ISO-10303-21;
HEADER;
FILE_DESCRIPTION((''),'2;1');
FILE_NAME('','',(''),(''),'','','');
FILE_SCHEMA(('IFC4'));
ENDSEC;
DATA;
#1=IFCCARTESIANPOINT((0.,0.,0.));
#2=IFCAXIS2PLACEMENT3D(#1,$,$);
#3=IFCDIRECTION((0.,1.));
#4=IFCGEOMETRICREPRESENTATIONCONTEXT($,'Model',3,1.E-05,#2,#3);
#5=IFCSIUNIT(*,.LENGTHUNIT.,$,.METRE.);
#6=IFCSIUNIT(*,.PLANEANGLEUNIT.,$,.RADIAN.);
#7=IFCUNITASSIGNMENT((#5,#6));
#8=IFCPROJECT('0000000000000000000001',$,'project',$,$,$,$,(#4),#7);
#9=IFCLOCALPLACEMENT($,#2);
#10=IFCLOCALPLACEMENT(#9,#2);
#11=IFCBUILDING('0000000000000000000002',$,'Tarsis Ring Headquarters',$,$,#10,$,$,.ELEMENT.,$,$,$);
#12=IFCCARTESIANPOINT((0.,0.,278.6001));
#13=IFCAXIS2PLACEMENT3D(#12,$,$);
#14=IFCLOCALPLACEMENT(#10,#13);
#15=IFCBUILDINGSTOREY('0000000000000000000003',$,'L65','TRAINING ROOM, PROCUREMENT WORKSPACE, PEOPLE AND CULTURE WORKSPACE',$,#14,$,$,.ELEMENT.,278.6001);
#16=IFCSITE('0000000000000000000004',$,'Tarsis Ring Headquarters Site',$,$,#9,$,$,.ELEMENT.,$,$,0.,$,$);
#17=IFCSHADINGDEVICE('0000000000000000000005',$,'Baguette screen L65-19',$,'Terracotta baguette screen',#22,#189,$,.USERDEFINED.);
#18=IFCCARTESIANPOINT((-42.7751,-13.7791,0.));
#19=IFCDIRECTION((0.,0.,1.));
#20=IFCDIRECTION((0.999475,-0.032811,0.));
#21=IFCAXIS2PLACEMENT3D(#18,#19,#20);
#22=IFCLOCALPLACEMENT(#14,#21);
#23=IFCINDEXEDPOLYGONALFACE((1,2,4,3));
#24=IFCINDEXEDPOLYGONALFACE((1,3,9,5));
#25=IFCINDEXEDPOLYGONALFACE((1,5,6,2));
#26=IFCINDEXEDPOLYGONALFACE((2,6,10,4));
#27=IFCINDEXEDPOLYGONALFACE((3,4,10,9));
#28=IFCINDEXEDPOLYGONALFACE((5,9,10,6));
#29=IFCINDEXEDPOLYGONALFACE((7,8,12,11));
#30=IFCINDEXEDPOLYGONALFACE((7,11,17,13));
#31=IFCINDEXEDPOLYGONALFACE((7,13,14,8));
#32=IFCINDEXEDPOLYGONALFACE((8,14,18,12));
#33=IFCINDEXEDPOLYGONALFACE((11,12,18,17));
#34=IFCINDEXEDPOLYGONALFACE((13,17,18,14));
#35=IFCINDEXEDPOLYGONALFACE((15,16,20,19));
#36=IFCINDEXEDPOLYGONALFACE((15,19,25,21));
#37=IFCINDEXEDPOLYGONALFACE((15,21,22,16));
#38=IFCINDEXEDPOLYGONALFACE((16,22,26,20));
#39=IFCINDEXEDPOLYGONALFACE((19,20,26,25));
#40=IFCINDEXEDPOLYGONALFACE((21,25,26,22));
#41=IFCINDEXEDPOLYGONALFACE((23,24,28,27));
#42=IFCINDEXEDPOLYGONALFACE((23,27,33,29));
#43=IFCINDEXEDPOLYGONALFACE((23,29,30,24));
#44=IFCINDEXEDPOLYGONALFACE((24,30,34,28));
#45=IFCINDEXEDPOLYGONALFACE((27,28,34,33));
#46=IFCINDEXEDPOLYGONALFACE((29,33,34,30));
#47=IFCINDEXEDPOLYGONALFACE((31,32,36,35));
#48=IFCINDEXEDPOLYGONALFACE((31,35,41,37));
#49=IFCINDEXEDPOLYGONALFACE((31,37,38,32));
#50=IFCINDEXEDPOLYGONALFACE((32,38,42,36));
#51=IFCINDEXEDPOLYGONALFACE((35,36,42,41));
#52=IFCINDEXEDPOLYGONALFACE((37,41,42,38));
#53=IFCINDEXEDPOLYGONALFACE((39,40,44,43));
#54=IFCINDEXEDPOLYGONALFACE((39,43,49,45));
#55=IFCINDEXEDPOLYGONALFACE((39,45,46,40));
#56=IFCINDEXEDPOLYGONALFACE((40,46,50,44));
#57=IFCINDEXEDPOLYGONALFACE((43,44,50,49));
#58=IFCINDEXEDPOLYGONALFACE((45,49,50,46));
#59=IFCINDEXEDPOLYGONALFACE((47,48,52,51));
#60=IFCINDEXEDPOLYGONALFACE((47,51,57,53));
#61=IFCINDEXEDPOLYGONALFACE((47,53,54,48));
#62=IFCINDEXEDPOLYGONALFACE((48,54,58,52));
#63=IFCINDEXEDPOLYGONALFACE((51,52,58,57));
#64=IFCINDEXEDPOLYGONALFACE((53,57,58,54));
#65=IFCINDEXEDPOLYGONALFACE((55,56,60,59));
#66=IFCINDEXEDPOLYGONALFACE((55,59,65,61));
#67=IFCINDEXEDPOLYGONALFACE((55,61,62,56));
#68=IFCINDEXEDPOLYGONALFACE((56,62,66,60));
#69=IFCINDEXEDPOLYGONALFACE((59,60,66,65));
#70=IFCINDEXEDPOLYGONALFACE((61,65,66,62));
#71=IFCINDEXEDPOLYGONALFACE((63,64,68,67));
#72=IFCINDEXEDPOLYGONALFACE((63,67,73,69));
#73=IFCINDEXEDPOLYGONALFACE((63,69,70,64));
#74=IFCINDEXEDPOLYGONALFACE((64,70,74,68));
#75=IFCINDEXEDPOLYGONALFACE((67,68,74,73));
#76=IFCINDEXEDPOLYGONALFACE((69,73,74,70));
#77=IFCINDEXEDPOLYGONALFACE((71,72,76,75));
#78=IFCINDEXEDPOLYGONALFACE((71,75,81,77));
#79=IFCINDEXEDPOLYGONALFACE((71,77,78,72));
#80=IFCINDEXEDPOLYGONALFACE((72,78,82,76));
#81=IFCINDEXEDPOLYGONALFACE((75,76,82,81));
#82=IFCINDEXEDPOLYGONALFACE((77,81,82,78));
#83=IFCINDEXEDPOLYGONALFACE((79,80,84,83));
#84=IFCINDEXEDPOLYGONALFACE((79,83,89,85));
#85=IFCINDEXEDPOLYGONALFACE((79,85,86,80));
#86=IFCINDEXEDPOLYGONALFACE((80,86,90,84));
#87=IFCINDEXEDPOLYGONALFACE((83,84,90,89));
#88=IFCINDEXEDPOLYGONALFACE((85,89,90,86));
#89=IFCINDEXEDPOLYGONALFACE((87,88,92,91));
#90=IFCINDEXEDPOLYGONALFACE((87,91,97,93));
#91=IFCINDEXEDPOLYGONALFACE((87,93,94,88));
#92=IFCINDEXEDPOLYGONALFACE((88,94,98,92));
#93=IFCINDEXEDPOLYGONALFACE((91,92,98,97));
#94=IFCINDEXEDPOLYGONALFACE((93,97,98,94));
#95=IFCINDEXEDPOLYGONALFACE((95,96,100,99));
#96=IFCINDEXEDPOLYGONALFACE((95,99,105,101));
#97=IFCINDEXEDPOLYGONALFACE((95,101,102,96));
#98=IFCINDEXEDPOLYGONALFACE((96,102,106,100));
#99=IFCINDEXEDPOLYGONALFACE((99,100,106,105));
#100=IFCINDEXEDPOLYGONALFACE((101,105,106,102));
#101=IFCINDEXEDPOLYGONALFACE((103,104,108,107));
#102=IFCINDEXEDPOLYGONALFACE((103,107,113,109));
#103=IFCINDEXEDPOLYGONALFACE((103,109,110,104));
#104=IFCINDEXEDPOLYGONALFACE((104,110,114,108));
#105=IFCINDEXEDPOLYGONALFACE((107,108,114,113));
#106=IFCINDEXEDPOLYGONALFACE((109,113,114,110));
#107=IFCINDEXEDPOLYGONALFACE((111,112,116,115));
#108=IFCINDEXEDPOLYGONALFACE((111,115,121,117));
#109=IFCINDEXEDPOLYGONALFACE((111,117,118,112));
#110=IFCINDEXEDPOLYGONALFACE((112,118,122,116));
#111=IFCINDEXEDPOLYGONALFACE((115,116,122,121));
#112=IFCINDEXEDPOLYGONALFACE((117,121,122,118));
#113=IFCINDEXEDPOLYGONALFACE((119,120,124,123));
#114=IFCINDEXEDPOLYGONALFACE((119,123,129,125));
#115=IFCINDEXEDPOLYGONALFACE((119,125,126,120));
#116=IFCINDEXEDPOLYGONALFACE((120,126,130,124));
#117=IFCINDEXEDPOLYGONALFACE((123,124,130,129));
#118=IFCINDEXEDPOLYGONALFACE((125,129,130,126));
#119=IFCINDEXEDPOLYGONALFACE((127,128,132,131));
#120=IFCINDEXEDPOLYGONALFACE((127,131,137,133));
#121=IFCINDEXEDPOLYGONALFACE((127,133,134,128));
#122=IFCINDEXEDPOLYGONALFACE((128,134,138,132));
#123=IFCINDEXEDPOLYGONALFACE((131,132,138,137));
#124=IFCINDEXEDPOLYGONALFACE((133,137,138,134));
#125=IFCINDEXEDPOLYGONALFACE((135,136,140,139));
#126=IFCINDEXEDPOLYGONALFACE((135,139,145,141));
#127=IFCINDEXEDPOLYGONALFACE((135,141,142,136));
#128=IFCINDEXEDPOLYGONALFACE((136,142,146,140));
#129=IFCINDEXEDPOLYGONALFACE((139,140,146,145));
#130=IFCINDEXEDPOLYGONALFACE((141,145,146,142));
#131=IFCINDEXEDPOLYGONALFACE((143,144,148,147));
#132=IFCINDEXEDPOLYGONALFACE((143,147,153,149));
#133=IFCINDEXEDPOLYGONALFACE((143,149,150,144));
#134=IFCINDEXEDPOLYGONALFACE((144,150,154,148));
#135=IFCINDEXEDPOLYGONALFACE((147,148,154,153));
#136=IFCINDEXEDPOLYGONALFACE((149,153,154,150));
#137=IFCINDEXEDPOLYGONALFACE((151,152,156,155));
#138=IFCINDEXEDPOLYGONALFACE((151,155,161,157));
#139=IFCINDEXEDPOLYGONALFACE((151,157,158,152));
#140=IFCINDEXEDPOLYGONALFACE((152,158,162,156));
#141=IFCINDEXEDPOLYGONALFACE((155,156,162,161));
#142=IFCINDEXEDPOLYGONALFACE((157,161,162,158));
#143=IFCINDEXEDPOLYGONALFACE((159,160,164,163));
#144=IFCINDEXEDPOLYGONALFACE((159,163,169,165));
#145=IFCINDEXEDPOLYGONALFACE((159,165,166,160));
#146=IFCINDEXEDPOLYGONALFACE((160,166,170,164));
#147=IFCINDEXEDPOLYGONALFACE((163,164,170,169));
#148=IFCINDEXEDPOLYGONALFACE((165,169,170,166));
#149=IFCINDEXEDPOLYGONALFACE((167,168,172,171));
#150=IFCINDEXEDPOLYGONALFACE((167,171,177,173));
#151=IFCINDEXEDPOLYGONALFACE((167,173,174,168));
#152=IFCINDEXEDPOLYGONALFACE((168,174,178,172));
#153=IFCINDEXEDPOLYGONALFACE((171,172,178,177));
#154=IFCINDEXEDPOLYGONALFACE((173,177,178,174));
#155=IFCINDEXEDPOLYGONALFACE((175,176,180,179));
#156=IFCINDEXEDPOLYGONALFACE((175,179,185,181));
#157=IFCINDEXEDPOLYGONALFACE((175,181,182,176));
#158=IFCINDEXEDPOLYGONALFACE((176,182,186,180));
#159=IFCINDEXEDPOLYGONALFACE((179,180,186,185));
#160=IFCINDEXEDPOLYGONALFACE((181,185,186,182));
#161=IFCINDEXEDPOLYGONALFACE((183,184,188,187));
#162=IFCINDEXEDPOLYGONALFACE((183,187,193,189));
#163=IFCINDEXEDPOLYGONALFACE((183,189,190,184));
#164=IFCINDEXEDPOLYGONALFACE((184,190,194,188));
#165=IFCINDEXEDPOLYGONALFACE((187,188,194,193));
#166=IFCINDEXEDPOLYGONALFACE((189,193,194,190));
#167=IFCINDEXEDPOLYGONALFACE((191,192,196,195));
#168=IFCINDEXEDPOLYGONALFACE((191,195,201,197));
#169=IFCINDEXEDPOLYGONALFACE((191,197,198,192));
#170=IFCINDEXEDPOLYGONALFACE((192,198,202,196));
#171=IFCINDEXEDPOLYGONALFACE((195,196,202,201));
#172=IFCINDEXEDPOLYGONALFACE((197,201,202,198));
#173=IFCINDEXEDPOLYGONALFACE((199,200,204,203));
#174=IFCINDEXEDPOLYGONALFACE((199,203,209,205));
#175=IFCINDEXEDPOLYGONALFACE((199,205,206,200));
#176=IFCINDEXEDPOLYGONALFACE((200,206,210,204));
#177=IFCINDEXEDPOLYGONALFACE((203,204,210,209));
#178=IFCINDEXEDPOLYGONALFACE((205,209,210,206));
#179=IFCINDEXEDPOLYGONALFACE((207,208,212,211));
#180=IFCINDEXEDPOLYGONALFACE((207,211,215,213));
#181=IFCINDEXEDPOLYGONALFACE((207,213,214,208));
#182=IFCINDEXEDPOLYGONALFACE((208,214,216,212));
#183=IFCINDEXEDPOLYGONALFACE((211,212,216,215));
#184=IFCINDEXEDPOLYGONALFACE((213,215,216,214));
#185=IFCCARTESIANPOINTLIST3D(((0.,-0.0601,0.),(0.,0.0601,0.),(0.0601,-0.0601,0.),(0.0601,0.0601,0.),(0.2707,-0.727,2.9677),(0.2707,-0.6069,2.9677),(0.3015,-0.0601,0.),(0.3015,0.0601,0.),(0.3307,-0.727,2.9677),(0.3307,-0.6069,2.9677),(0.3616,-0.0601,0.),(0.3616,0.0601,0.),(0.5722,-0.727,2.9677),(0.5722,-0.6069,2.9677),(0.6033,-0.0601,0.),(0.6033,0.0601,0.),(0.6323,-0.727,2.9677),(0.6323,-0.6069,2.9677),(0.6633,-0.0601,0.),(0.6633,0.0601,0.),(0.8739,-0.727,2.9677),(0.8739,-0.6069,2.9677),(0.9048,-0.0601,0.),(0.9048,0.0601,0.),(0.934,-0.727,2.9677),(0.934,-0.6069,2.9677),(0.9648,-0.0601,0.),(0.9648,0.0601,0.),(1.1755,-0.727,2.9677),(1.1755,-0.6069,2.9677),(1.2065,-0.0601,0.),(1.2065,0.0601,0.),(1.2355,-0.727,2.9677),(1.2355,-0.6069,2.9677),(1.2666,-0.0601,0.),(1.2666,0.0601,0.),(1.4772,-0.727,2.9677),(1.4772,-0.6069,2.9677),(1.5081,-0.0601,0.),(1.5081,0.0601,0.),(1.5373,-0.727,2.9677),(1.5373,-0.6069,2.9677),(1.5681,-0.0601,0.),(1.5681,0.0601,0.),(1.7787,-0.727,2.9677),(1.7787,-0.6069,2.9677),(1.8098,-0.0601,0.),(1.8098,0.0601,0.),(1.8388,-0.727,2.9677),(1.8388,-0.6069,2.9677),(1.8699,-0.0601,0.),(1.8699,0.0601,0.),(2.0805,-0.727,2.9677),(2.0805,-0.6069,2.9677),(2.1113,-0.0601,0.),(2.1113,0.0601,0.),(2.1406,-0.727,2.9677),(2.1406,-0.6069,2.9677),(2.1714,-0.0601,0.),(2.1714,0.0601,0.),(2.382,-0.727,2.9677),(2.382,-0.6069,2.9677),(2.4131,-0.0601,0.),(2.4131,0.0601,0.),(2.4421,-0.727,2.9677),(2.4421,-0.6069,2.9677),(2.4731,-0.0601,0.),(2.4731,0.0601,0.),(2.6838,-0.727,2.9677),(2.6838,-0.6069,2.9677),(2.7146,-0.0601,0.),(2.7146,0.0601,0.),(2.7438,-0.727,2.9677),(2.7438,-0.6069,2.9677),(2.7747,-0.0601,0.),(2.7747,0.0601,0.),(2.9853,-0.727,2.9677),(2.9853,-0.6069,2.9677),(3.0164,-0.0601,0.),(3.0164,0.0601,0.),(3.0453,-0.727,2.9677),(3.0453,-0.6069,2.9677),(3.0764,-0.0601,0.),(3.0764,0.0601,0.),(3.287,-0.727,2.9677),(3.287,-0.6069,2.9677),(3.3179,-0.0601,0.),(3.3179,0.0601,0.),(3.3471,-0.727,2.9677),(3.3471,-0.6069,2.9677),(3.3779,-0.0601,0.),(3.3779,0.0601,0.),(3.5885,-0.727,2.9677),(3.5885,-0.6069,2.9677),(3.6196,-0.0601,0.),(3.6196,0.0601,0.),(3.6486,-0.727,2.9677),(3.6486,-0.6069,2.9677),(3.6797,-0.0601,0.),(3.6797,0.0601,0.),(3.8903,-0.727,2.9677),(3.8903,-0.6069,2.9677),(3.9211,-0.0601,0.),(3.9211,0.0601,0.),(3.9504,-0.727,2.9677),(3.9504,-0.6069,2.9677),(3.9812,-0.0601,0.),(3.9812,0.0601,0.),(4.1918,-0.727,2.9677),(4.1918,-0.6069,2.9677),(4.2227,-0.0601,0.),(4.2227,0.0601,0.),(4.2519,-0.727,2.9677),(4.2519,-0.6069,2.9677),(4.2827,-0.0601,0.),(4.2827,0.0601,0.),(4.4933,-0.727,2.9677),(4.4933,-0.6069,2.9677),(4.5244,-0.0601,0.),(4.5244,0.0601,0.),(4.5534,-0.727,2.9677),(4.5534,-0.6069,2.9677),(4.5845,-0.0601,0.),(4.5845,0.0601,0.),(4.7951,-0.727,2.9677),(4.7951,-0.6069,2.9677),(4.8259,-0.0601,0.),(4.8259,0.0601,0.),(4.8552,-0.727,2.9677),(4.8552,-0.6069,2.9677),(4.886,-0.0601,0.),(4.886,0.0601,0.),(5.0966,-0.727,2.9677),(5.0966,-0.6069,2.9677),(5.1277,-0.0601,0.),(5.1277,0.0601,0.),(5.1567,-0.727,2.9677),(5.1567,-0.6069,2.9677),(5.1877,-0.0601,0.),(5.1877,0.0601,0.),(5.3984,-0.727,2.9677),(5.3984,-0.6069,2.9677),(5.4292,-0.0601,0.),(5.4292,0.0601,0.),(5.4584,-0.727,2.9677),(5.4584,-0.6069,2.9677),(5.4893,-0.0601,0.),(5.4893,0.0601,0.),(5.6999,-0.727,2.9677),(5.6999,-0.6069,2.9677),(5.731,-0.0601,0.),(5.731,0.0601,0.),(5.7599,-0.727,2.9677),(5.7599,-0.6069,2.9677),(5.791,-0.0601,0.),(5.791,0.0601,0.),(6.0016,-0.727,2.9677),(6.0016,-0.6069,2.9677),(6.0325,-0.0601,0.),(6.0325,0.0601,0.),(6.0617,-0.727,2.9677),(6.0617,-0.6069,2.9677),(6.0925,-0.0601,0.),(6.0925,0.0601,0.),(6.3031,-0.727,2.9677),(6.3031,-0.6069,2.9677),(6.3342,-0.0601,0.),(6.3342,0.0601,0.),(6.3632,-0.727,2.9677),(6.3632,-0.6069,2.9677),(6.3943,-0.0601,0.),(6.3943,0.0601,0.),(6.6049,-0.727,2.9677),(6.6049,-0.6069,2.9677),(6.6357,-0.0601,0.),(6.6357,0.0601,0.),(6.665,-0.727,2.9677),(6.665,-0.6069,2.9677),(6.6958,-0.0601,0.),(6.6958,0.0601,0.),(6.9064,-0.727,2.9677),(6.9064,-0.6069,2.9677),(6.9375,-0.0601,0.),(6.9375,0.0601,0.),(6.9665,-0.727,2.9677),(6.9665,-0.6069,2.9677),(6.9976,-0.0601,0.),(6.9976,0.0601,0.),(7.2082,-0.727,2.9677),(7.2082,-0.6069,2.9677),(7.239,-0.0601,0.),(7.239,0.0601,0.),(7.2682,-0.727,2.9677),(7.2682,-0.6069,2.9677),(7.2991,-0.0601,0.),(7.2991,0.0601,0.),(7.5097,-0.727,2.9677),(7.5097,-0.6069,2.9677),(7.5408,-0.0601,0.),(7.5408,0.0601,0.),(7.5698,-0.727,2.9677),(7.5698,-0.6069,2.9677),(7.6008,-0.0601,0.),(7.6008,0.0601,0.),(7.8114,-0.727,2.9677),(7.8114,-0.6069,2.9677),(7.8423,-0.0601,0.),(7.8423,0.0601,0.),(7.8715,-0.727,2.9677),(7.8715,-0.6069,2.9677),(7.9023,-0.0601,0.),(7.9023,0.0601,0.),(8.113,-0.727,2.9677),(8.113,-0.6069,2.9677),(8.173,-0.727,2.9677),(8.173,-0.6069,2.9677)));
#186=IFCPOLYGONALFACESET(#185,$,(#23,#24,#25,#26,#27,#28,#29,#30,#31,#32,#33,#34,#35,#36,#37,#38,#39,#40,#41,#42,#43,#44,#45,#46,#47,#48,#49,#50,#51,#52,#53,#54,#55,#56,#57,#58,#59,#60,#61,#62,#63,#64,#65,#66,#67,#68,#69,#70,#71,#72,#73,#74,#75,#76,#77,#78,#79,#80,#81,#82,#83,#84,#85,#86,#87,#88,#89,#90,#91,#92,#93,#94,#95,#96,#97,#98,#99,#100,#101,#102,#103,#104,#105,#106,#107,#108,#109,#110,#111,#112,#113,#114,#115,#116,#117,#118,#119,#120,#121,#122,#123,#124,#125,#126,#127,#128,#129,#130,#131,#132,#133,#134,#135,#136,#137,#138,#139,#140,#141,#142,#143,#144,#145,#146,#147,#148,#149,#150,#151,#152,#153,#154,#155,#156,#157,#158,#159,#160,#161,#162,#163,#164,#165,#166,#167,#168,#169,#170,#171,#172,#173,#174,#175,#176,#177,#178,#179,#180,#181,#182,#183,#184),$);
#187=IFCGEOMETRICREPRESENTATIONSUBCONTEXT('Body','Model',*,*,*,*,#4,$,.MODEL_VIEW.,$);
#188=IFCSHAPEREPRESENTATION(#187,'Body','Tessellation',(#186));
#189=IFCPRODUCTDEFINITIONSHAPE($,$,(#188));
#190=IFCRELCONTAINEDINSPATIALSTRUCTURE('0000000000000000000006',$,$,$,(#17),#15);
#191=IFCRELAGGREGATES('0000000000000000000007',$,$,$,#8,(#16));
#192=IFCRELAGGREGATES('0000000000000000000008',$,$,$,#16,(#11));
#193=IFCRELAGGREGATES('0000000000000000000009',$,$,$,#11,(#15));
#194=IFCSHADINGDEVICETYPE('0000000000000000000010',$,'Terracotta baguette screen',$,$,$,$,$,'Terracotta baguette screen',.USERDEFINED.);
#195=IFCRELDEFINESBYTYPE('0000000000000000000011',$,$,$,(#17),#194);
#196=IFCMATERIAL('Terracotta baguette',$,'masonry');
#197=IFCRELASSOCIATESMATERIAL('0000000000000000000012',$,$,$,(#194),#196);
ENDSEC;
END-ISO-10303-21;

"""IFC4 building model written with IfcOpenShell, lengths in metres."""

from ifc_helpers import new_model, si_unit, direction, frame, frame_2d, origin, place, context, subcontext, project, spatial, rectangle, composite_profile, extrude, material, type_object, element, save


model = new_model("IFC4")

# Units and contexts
model_context = context("Model", 3, precision=1e-05, world=origin(), true_north=direction((0.0, 1.0)))
body_context = subcontext(model_context, "Body", "Model", "MODEL_VIEW")
ifc_project = project(units=[si_unit("LENGTHUNIT", "METRE"), si_unit("PLANEANGLEUNIT", "RADIAN")], contexts=[model_context])

# Site, building, storey
site_placement = place(None, origin())
site = spatial("IfcSite", under=ifc_project, at=site_placement, Name="Tarsis Ring Headquarters Site", CompositionType="ELEMENT", RefElevation=0.0)
building_placement = place(site_placement, origin())
building = spatial("IfcBuilding", under=site, at=building_placement, Name="Tarsis Ring Headquarters", CompositionType="ELEMENT")
storey_placement = place(building_placement, frame((0.0, 0.0, 278.6001)))
storey = spatial("IfcBuildingStorey", under=building, at=storey_placement, Name="L65", Description="TRAINING ROOM, PROCUREMENT WORKSPACE, PEOPLE AND CULTURE WORKSPACE", CompositionType="ELEMENT", Elevation=278.6001)

# Shading device
ifc_material_1 = material(Name="Terracotta baguette", Category="masonry")
shading_device_type_1 = type_object("IfcShadingDeviceType", Name="Terracotta baguette screen", ElementType="Terracotta baguette screen", PredefinedType="USERDEFINED", material=ifc_material_1)
shading_device_placement = place(storey_placement, frame((-42.7751, -13.7791, 0.0), z_axis=(0.0, 0.0, 1.0), x_axis=(0.999475, -0.032811, 0.0)))
element("IfcShadingDevice", 1, at=shading_device_placement, inside=storey, type_object=shading_device_type_1, Name="Baguette screen L65-19", ObjectType="Terracotta baguette screen", PredefinedType="USERDEFINED", context=body_context, shape_type="SweptSolid", body=[
    extrude(composite_profile([rectangle(XDim=0.0601, YDim=0.1201, at=frame_2d((0.03, 0.0))), rectangle(XDim=0.0601, YDim=0.1201, at=frame_2d((0.3315, 0.0))), rectangle(XDim=0.0601, YDim=0.1201, at=frame_2d((0.6333, 0.0))), rectangle(XDim=0.0601, YDim=0.1201, at=frame_2d((0.9348, 0.0))), rectangle(XDim=0.0601, YDim=0.1201, at=frame_2d((1.2366, 0.0))), rectangle(XDim=0.0601, YDim=0.1201, at=frame_2d((1.5381, 0.0))), rectangle(XDim=0.0601, YDim=0.1201, at=frame_2d((1.8398, 0.0))), rectangle(XDim=0.0601, YDim=0.1201, at=frame_2d((2.1414, 0.0))), rectangle(XDim=0.0601, YDim=0.1201, at=frame_2d((2.4431, 0.0))), rectangle(XDim=0.0601, YDim=0.1201, at=frame_2d((2.7446, 0.0))), rectangle(XDim=0.0601, YDim=0.1201, at=frame_2d((3.0464, 0.0))), rectangle(XDim=0.0601, YDim=0.1201, at=frame_2d((3.3479, 0.0))), rectangle(XDim=0.0601, YDim=0.1201, at=frame_2d((3.6497, 0.0))), rectangle(XDim=0.0601, YDim=0.1201, at=frame_2d((3.9512, 0.0))), rectangle(XDim=0.0601, YDim=0.1201, at=frame_2d((4.2527, 0.0))), rectangle(XDim=0.0601, YDim=0.1201, at=frame_2d((4.5544, 0.0))), rectangle(XDim=0.0601, YDim=0.1201, at=frame_2d((4.856, 0.0))), rectangle(XDim=0.0601, YDim=0.1201, at=frame_2d((5.1577, 0.0))), rectangle(XDim=0.0601, YDim=0.1201, at=frame_2d((5.4592, 0.0))), rectangle(XDim=0.0601, YDim=0.1201, at=frame_2d((5.761, 0.0))), rectangle(XDim=0.0601, YDim=0.1201, at=frame_2d((6.0625, 0.0))), rectangle(XDim=0.0601, YDim=0.1201, at=frame_2d((6.3643, 0.0))), rectangle(XDim=0.0601, YDim=0.1201, at=frame_2d((6.6658, 0.0))), rectangle(XDim=0.0601, YDim=0.1201, at=frame_2d((6.9675, 0.0))), rectangle(XDim=0.0601, YDim=0.1201, at=frame_2d((7.269, 0.0))), rectangle(XDim=0.0601, YDim=0.1201, at=frame_2d((7.5708, 0.0))), rectangle(XDim=0.0601, YDim=0.1201, at=frame_2d((7.8723, 0.0)))]), origin(), (0.088639, -0.218407, 0.971824), 3.0537),
])

save(model, "model.ifc")
